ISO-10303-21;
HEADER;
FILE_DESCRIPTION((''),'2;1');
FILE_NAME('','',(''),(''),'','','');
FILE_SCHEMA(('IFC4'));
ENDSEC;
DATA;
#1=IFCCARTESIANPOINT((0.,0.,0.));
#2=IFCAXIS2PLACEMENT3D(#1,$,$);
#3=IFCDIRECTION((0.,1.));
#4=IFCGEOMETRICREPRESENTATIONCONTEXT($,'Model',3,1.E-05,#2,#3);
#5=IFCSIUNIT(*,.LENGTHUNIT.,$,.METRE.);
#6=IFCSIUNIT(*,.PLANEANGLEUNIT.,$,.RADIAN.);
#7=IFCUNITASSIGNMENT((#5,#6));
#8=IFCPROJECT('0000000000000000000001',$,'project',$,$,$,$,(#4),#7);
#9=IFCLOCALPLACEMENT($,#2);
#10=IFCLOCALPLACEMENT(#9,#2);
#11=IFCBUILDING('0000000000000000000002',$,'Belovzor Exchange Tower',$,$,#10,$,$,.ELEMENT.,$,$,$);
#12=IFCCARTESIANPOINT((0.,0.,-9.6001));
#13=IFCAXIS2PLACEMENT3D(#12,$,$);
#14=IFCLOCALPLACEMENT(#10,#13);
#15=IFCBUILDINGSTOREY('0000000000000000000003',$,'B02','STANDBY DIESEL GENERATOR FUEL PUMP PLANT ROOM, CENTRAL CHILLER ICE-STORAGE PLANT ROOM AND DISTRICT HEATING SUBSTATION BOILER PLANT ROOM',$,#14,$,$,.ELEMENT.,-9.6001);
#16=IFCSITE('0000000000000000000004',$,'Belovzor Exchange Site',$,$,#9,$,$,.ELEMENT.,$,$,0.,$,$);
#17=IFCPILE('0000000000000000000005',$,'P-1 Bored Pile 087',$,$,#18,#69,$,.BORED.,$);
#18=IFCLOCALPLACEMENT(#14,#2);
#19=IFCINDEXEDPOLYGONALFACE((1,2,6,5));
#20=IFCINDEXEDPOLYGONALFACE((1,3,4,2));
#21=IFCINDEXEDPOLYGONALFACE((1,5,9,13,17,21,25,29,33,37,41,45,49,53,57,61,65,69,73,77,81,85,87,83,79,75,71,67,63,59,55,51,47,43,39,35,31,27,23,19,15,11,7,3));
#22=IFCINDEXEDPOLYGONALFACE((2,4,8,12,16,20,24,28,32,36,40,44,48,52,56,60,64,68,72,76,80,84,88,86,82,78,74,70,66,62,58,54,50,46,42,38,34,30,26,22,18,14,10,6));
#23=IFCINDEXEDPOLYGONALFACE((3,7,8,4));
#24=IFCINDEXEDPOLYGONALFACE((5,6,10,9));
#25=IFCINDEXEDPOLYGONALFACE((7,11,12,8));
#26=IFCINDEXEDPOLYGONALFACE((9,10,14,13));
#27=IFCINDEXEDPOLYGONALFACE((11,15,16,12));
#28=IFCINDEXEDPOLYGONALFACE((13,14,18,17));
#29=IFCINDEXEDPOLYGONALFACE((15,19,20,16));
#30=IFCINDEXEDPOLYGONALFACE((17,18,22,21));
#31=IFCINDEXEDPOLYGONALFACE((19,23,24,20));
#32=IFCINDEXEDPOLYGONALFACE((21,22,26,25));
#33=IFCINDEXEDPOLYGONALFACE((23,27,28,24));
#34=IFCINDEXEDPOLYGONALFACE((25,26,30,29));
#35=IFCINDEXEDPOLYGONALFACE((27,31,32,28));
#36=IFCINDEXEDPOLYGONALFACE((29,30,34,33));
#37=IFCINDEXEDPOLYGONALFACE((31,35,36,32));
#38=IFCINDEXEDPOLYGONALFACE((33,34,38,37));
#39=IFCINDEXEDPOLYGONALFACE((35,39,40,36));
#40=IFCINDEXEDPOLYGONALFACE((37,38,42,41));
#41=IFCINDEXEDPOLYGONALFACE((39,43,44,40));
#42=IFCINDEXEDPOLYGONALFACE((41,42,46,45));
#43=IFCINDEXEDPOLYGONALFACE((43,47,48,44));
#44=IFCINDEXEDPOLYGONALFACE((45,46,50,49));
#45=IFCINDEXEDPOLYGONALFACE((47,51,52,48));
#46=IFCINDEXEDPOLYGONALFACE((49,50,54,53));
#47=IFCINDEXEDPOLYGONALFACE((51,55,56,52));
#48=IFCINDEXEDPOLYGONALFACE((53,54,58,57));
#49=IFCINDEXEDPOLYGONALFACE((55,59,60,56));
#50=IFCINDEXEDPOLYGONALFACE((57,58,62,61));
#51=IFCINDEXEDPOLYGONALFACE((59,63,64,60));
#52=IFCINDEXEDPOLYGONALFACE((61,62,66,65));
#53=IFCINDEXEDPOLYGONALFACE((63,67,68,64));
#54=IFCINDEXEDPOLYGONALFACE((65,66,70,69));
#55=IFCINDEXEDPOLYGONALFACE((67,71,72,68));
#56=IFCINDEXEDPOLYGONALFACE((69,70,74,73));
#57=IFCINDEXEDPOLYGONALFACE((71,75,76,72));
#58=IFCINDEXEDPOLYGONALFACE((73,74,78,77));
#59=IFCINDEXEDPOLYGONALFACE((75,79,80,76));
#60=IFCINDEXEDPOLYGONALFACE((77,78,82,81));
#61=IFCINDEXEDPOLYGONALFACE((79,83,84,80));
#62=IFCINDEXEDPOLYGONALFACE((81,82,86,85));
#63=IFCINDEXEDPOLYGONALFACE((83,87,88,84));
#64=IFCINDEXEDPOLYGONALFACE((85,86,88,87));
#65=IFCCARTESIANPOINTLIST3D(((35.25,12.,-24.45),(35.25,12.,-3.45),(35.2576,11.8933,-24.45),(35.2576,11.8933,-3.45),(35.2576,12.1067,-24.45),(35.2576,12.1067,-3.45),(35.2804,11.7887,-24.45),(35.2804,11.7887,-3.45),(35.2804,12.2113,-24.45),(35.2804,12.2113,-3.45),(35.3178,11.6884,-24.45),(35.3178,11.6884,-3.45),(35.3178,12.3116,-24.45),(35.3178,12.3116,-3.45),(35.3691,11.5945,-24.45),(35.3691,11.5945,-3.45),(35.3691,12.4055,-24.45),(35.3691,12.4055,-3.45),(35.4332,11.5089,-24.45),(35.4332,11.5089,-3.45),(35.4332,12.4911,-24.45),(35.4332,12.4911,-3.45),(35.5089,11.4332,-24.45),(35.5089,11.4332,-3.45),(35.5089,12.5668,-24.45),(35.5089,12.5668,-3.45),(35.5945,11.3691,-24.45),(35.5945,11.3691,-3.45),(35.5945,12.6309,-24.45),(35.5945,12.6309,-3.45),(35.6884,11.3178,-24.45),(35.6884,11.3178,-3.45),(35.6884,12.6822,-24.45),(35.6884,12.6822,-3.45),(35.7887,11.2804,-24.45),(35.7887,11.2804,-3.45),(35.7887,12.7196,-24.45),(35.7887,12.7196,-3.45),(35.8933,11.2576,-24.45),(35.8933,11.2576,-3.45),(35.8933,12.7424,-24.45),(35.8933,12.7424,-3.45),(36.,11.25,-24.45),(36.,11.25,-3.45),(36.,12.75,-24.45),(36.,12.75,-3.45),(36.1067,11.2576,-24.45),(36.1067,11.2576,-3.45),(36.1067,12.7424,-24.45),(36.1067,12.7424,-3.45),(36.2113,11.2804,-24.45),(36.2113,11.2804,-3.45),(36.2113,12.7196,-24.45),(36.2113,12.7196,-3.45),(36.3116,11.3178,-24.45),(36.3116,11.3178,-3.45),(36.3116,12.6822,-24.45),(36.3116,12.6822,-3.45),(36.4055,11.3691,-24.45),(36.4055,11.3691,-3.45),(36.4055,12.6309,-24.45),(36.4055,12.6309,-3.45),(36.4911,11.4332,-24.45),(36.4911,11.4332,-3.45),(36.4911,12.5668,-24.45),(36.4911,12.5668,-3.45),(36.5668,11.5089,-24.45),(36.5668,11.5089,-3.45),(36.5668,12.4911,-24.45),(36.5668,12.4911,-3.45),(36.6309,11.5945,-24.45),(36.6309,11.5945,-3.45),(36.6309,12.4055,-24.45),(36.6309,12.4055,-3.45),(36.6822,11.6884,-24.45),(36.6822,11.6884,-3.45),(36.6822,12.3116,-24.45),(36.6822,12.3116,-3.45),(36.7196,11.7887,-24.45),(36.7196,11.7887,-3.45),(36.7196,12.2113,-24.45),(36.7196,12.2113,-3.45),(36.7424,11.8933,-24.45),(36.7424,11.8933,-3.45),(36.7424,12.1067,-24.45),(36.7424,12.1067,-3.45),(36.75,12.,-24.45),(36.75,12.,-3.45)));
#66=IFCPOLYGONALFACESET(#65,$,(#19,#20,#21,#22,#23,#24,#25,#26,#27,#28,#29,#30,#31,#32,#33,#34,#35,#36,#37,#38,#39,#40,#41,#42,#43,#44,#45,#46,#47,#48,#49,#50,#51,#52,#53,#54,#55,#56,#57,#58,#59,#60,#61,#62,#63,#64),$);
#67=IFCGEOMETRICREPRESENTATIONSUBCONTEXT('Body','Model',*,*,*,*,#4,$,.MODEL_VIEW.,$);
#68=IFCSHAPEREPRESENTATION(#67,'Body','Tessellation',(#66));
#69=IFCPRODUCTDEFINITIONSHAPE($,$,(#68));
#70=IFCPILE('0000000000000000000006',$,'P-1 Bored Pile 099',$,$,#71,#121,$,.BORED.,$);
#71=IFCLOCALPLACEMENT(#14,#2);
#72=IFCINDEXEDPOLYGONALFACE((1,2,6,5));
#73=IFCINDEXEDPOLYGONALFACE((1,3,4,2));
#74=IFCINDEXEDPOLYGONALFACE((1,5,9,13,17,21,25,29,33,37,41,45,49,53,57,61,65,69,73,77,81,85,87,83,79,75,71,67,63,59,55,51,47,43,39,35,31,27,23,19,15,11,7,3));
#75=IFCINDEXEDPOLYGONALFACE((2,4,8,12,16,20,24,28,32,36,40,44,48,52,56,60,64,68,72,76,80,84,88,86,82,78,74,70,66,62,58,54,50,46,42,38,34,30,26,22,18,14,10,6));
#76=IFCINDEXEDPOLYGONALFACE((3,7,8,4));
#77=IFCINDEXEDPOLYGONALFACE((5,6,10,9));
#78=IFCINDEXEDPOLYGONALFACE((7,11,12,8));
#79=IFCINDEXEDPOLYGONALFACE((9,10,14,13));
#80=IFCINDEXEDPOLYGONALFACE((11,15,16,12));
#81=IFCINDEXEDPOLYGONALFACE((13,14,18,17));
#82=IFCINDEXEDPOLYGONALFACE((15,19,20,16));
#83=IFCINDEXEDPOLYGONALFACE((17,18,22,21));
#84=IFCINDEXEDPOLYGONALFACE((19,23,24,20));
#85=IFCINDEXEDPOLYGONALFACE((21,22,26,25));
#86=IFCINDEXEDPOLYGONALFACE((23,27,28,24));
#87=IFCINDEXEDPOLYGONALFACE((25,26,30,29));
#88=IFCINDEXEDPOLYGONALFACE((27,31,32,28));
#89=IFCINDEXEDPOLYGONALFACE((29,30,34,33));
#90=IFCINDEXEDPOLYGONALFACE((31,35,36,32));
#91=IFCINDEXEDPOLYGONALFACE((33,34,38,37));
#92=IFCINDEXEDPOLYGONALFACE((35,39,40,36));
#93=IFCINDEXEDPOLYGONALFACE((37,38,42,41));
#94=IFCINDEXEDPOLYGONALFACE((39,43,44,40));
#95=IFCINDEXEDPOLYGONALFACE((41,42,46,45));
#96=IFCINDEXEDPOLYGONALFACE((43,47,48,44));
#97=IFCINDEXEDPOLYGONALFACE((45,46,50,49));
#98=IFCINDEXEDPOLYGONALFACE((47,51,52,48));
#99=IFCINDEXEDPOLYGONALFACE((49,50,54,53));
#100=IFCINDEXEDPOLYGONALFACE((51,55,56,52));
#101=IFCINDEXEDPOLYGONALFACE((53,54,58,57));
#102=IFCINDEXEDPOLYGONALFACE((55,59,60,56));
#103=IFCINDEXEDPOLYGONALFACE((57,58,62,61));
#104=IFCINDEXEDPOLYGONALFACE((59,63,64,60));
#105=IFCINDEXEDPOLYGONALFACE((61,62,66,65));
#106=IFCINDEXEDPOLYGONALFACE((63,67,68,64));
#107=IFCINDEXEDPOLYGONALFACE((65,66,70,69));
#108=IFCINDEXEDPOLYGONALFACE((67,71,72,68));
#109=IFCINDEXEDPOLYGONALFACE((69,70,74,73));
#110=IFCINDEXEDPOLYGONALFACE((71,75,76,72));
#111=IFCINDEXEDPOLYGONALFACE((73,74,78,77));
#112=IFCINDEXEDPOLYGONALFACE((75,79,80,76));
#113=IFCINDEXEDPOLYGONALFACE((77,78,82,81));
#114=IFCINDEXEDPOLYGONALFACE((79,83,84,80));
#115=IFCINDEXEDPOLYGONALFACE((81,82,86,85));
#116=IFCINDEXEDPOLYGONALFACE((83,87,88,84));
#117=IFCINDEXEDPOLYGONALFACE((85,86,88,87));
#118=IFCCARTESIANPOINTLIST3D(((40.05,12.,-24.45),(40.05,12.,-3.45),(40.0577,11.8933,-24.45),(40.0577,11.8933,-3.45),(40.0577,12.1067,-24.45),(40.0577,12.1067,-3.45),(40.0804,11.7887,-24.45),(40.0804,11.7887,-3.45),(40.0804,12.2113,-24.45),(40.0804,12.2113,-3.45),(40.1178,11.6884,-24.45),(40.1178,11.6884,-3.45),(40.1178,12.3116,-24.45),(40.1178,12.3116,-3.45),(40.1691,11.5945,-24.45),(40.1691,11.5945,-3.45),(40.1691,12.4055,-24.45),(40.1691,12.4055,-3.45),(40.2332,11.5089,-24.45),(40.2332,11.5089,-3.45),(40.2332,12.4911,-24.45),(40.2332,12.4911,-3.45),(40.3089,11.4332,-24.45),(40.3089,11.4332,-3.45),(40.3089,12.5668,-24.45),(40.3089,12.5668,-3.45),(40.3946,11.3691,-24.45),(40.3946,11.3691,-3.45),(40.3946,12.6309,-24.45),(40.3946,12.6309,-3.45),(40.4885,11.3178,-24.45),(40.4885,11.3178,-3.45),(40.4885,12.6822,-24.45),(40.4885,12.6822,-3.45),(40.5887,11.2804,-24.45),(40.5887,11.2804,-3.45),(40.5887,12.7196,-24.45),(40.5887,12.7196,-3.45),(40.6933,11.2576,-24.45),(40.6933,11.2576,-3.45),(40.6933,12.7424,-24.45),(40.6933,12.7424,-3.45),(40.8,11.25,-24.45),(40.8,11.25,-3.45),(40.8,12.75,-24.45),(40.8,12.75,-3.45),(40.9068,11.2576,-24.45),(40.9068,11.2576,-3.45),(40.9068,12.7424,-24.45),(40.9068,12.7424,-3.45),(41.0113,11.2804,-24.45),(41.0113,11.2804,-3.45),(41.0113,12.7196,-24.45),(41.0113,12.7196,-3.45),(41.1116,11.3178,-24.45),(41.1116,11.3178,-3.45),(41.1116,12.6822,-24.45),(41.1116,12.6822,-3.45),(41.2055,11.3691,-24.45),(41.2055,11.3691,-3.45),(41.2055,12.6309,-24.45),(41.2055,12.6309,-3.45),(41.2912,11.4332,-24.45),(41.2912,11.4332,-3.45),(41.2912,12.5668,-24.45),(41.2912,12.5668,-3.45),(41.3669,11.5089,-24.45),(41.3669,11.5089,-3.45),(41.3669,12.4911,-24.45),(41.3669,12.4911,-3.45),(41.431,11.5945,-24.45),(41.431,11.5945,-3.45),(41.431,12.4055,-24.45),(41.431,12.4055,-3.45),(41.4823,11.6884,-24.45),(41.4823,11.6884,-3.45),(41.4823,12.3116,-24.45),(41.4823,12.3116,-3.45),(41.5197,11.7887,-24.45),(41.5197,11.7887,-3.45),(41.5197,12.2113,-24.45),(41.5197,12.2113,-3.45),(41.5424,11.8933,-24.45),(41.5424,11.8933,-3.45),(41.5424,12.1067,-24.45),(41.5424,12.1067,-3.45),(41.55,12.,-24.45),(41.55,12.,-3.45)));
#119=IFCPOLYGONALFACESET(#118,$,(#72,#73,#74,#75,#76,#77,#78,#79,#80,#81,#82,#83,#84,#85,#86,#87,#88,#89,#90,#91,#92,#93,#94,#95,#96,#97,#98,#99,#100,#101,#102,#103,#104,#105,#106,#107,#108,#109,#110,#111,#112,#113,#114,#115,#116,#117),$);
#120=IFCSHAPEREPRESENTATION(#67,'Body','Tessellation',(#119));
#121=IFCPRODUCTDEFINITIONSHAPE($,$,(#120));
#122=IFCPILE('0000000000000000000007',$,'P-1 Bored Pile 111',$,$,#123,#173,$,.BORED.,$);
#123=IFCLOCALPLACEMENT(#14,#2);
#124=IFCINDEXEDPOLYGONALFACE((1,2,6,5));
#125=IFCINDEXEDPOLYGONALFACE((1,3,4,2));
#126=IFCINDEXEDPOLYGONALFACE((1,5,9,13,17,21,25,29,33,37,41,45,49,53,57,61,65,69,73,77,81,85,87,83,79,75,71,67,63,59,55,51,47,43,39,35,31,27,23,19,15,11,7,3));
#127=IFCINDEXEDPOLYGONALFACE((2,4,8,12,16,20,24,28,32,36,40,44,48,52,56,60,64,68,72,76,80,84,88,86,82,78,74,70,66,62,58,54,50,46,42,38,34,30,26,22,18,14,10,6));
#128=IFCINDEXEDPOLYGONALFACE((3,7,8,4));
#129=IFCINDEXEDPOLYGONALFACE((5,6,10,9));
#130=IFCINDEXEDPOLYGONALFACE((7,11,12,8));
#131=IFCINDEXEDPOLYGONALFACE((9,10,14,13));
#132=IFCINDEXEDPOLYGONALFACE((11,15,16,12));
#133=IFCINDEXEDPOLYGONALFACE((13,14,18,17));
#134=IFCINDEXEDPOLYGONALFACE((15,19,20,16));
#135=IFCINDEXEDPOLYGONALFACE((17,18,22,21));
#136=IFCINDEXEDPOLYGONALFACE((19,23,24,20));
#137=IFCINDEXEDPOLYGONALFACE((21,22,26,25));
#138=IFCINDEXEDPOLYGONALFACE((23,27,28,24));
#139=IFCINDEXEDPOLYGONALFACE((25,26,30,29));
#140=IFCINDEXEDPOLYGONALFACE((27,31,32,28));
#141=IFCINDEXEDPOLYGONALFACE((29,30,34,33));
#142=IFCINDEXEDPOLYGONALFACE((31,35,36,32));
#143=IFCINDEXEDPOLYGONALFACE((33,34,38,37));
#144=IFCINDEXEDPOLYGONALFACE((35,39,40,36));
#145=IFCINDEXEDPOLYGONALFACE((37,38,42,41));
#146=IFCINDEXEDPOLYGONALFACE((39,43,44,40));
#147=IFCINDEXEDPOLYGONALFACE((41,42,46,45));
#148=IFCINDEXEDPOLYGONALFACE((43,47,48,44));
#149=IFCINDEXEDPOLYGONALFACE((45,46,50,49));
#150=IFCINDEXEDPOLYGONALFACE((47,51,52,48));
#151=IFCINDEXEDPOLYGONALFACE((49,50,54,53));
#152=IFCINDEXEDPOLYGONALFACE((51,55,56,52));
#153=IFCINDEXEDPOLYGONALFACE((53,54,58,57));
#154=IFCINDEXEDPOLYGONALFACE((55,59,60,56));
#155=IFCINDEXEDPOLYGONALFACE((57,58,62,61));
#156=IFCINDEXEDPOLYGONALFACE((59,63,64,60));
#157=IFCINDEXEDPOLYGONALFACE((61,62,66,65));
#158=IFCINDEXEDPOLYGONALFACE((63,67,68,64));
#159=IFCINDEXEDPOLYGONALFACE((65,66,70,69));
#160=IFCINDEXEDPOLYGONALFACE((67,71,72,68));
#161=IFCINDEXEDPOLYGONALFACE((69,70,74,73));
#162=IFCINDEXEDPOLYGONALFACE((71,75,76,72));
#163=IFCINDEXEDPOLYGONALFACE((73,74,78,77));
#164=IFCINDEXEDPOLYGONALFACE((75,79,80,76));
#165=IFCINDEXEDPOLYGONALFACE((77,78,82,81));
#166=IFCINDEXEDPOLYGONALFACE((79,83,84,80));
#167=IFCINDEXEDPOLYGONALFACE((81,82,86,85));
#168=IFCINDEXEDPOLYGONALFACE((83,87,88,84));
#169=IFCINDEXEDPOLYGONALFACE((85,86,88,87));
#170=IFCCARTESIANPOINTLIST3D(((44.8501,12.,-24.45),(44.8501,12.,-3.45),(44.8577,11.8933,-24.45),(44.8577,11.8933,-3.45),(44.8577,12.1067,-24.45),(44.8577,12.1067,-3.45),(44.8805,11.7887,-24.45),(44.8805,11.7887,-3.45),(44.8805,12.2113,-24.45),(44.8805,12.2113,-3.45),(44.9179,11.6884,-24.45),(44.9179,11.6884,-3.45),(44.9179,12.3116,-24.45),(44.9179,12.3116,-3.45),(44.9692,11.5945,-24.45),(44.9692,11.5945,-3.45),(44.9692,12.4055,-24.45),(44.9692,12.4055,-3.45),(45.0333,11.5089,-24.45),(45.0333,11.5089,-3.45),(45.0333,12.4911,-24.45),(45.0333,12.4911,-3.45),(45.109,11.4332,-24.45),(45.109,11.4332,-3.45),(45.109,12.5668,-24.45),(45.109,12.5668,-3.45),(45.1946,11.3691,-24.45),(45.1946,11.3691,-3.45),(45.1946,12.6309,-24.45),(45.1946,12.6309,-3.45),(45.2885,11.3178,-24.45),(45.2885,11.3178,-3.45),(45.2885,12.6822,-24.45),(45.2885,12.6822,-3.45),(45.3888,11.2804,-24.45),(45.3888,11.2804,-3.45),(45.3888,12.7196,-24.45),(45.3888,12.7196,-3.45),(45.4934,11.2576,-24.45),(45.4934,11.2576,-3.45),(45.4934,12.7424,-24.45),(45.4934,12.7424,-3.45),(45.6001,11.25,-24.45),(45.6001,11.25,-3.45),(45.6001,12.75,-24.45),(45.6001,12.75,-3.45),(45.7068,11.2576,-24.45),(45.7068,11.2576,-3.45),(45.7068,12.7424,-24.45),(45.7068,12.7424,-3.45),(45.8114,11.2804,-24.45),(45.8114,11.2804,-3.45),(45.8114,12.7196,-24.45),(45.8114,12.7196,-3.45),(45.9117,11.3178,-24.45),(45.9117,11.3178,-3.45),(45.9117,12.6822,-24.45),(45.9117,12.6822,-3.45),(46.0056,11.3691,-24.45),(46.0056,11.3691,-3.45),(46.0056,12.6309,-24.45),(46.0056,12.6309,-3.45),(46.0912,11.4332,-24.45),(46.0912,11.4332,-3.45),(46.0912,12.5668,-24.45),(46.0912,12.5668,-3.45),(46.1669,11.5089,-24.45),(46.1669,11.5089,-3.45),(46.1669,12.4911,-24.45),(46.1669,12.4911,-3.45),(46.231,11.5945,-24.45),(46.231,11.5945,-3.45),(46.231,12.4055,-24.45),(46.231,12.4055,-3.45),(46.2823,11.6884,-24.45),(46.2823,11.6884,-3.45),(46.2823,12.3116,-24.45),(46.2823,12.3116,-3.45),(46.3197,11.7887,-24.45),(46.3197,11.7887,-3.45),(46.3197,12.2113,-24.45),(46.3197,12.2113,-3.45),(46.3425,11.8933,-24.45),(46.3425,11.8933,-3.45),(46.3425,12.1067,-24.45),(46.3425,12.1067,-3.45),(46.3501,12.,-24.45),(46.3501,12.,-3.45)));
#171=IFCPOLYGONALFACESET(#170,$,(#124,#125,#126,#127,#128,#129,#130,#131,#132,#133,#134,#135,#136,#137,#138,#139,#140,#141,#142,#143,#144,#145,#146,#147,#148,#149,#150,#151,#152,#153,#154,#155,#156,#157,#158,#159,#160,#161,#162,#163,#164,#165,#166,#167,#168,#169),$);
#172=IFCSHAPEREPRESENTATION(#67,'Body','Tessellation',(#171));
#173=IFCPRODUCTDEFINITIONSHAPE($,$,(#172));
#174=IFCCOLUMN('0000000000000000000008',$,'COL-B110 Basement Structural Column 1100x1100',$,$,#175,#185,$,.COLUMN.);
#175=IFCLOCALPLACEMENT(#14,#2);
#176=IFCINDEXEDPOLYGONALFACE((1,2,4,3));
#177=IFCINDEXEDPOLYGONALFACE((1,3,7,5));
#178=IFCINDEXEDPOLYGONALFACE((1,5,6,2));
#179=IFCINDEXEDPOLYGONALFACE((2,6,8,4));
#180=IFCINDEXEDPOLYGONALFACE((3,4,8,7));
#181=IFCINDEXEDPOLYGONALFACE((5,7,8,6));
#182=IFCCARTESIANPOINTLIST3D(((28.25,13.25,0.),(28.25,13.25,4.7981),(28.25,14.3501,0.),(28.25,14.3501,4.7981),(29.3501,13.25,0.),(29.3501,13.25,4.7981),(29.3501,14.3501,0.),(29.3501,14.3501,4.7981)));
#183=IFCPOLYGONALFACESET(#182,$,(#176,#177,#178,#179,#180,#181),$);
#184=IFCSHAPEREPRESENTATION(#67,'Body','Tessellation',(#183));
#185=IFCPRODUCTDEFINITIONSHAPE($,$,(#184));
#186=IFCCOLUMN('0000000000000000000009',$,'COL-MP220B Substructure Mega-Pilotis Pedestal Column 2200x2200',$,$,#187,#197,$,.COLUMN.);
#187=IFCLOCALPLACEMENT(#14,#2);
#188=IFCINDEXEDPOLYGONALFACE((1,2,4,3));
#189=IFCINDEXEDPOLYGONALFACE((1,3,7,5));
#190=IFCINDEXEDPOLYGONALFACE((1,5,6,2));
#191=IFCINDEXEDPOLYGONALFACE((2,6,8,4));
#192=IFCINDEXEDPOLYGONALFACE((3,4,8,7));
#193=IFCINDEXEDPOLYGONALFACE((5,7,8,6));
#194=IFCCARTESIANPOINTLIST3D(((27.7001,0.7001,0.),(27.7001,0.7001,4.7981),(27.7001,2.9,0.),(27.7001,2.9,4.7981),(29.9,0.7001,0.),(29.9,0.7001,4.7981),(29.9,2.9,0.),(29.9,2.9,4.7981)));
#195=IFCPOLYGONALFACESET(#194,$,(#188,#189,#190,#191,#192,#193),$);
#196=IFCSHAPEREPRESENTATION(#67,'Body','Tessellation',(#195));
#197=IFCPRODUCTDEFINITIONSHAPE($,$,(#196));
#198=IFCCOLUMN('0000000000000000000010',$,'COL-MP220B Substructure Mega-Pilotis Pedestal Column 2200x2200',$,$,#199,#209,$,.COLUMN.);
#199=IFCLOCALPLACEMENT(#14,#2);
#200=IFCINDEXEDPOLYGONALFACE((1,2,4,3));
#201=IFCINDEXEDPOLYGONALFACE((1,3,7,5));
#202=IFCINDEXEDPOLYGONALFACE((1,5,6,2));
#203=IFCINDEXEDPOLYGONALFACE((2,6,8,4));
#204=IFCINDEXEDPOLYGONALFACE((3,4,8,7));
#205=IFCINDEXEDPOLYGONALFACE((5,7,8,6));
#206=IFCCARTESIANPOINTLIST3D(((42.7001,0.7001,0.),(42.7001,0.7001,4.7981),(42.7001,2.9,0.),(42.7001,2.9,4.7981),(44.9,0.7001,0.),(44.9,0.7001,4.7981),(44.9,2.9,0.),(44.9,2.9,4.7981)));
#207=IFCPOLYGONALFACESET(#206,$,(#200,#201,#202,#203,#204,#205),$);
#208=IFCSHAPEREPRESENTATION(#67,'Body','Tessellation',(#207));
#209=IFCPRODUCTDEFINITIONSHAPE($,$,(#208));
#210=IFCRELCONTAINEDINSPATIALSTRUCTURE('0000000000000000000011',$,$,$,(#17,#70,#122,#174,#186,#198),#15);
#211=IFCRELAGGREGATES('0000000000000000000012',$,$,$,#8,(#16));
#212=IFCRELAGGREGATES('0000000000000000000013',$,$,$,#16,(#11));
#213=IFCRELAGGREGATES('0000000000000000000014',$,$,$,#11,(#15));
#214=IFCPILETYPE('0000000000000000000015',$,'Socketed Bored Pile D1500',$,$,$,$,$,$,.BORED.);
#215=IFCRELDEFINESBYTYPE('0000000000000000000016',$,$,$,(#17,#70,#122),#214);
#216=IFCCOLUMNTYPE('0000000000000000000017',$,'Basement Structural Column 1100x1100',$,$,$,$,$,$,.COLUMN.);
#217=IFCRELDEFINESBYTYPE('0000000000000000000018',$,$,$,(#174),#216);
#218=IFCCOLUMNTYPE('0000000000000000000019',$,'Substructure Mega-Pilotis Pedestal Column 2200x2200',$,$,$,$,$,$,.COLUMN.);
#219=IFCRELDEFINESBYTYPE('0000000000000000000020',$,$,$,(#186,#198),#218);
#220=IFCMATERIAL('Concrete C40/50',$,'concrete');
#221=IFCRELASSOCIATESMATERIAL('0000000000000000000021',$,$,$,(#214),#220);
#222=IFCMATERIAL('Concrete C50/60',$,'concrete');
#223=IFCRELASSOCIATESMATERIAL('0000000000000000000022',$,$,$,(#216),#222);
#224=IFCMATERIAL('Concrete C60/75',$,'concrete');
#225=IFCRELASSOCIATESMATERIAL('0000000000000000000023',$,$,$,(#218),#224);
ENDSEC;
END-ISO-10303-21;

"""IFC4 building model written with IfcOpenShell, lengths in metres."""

from ifc_helpers import new_model, si_unit, direction, frame, origin, origin_2d, place, context, subcontext, project, spatial, rectangle, circle, extrude, material, material_profile, profile_set, type_object, element, save


model = new_model("IFC4")

# Units and contexts
model_context = context("Model", 3, precision=1e-05, world=origin(), true_north=direction((0.0, 1.0)))
body_context = subcontext(model_context, "Body", "Model", "MODEL_VIEW")
ifc_project = project(units=[si_unit("LENGTHUNIT", "METRE"), si_unit("PLANEANGLEUNIT", "RADIAN")], contexts=[model_context])

# Site, building, storey
site_placement = place(None, origin())
site = spatial("IfcSite", under=ifc_project, at=site_placement, Name="Belovzor Exchange Site", CompositionType="ELEMENT", RefElevation=0.0)
building_placement = place(site_placement, origin())
building = spatial("IfcBuilding", under=site, at=building_placement, Name="Belovzor Exchange Tower", CompositionType="ELEMENT")
storey_placement = place(building_placement, frame((0.0, 0.0, -9.6001)))
storey = spatial("IfcBuildingStorey", under=building, at=storey_placement, Name="B02", Description="STANDBY DIESEL GENERATOR FUEL PUMP PLANT ROOM, CENTRAL CHILLER ICE-STORAGE PLANT ROOM AND DISTRICT HEATING SUBSTATION BOILER PLANT ROOM", CompositionType="ELEMENT", Elevation=-9.6001)

# Piles
ifc_material_1 = material(Name="Concrete C40/50", Category="concrete")
ifc_material_profile_1 = material_profile(ifc_material_1, circle(Radius=0.75, at=origin_2d()))
ifc_profile_set_1 = profile_set([ifc_material_profile_1], Name="Concrete C40/50")
pile_type_1 = type_object("IfcPileType", Name="Socketed Bored Pile D1500", PredefinedType="BORED", material=ifc_profile_set_1)
for number, where, z_axis, x_axis, name in (
    (1, (36.0, 12.0, -3.45), (0.0, 0.0, -1.0), (1.0, 0.0, 0.0), "P-1 Bored Pile 087"),
    (2, (40.8, 12.0, -3.45), (0.0, 0.0, -1.0), (1.0, 0.0, 0.0), "P-1 Bored Pile 099"),
    (3, (45.6001, 12.0, -3.45), (0.0, 0.0, -1.0), (1.0, 0.0, 0.0), "P-1 Bored Pile 111"),
):
    element("IfcPile", number, at=place(storey_placement, frame(where, z_axis=z_axis, x_axis=x_axis)), inside=storey, type_object=pile_type_1, Name=name, PredefinedType="BORED", context=body_context, shape_type="SweptSolid", body=[
        extrude(circle(Radius=0.75, at=origin_2d()), origin(), (0.0, 0.0, 1.0), 21.0),
    ])

# Columns
ifc_material_2 = material(Name="Concrete C50/60", Category="concrete")
ifc_material_profile_2 = material_profile(ifc_material_2, rectangle(XDim=1.1001, YDim=1.1001, at=origin_2d()))
ifc_profile_set_2 = profile_set([ifc_material_profile_2], Name="Concrete C50/60")
column_type_1 = type_object("IfcColumnType", Name="Basement Structural Column 1100x1100", PredefinedType="COLUMN", material=ifc_profile_set_2)
column_placement = place(storey_placement, frame((28.8, 13.8, 0.0), z_axis=(0.0, 0.0, 1.0), x_axis=(1.0, 0.0, 0.0)))
element("IfcColumn", 4, at=column_placement, inside=storey, type_object=column_type_1, Name="COL-B110 Basement Structural Column 1100x1100", PredefinedType="COLUMN", context=body_context, shape_type="SweptSolid", body=[
    extrude(rectangle(XDim=1.1001, YDim=1.1001, at=origin_2d()), origin(), (0.0, 0.0, 1.0), 4.7981),
])
ifc_material_3 = material(Name="Concrete C60/75", Category="concrete")
ifc_material_profile_3 = material_profile(ifc_material_3, rectangle(XDim=2.2, YDim=2.2, at=origin_2d()))
ifc_profile_set_3 = profile_set([ifc_material_profile_3], Name="Concrete C60/75")
column_type_2 = type_object("IfcColumnType", Name="Substructure Mega-Pilotis Pedestal Column 2200x2200", PredefinedType="COLUMN", material=ifc_profile_set_3)
for number, where, z_axis, x_axis, name in (
    (5, (28.8, 1.8, 0.0), (0.0, 0.0, 1.0), (1.0, 0.0, 0.0), "COL-MP220B Substructure Mega-Pilotis Pedestal Column 2200x2200"),
    (6, (43.8, 1.8, 0.0), (0.0, 0.0, 1.0), (1.0, 0.0, 0.0), "COL-MP220B Substructure Mega-Pilotis Pedestal Column 2200x2200"),
):
    element("IfcColumn", number, at=place(storey_placement, frame(where, z_axis=z_axis, x_axis=x_axis)), inside=storey, type_object=column_type_2, Name=name, PredefinedType="COLUMN", context=body_context, shape_type="SweptSolid", body=[
        extrude(rectangle(XDim=2.2, YDim=2.2, at=origin_2d()), origin(), (0.0, 0.0, 1.0), 4.7981),
    ])

save(model, "model.ifc")
